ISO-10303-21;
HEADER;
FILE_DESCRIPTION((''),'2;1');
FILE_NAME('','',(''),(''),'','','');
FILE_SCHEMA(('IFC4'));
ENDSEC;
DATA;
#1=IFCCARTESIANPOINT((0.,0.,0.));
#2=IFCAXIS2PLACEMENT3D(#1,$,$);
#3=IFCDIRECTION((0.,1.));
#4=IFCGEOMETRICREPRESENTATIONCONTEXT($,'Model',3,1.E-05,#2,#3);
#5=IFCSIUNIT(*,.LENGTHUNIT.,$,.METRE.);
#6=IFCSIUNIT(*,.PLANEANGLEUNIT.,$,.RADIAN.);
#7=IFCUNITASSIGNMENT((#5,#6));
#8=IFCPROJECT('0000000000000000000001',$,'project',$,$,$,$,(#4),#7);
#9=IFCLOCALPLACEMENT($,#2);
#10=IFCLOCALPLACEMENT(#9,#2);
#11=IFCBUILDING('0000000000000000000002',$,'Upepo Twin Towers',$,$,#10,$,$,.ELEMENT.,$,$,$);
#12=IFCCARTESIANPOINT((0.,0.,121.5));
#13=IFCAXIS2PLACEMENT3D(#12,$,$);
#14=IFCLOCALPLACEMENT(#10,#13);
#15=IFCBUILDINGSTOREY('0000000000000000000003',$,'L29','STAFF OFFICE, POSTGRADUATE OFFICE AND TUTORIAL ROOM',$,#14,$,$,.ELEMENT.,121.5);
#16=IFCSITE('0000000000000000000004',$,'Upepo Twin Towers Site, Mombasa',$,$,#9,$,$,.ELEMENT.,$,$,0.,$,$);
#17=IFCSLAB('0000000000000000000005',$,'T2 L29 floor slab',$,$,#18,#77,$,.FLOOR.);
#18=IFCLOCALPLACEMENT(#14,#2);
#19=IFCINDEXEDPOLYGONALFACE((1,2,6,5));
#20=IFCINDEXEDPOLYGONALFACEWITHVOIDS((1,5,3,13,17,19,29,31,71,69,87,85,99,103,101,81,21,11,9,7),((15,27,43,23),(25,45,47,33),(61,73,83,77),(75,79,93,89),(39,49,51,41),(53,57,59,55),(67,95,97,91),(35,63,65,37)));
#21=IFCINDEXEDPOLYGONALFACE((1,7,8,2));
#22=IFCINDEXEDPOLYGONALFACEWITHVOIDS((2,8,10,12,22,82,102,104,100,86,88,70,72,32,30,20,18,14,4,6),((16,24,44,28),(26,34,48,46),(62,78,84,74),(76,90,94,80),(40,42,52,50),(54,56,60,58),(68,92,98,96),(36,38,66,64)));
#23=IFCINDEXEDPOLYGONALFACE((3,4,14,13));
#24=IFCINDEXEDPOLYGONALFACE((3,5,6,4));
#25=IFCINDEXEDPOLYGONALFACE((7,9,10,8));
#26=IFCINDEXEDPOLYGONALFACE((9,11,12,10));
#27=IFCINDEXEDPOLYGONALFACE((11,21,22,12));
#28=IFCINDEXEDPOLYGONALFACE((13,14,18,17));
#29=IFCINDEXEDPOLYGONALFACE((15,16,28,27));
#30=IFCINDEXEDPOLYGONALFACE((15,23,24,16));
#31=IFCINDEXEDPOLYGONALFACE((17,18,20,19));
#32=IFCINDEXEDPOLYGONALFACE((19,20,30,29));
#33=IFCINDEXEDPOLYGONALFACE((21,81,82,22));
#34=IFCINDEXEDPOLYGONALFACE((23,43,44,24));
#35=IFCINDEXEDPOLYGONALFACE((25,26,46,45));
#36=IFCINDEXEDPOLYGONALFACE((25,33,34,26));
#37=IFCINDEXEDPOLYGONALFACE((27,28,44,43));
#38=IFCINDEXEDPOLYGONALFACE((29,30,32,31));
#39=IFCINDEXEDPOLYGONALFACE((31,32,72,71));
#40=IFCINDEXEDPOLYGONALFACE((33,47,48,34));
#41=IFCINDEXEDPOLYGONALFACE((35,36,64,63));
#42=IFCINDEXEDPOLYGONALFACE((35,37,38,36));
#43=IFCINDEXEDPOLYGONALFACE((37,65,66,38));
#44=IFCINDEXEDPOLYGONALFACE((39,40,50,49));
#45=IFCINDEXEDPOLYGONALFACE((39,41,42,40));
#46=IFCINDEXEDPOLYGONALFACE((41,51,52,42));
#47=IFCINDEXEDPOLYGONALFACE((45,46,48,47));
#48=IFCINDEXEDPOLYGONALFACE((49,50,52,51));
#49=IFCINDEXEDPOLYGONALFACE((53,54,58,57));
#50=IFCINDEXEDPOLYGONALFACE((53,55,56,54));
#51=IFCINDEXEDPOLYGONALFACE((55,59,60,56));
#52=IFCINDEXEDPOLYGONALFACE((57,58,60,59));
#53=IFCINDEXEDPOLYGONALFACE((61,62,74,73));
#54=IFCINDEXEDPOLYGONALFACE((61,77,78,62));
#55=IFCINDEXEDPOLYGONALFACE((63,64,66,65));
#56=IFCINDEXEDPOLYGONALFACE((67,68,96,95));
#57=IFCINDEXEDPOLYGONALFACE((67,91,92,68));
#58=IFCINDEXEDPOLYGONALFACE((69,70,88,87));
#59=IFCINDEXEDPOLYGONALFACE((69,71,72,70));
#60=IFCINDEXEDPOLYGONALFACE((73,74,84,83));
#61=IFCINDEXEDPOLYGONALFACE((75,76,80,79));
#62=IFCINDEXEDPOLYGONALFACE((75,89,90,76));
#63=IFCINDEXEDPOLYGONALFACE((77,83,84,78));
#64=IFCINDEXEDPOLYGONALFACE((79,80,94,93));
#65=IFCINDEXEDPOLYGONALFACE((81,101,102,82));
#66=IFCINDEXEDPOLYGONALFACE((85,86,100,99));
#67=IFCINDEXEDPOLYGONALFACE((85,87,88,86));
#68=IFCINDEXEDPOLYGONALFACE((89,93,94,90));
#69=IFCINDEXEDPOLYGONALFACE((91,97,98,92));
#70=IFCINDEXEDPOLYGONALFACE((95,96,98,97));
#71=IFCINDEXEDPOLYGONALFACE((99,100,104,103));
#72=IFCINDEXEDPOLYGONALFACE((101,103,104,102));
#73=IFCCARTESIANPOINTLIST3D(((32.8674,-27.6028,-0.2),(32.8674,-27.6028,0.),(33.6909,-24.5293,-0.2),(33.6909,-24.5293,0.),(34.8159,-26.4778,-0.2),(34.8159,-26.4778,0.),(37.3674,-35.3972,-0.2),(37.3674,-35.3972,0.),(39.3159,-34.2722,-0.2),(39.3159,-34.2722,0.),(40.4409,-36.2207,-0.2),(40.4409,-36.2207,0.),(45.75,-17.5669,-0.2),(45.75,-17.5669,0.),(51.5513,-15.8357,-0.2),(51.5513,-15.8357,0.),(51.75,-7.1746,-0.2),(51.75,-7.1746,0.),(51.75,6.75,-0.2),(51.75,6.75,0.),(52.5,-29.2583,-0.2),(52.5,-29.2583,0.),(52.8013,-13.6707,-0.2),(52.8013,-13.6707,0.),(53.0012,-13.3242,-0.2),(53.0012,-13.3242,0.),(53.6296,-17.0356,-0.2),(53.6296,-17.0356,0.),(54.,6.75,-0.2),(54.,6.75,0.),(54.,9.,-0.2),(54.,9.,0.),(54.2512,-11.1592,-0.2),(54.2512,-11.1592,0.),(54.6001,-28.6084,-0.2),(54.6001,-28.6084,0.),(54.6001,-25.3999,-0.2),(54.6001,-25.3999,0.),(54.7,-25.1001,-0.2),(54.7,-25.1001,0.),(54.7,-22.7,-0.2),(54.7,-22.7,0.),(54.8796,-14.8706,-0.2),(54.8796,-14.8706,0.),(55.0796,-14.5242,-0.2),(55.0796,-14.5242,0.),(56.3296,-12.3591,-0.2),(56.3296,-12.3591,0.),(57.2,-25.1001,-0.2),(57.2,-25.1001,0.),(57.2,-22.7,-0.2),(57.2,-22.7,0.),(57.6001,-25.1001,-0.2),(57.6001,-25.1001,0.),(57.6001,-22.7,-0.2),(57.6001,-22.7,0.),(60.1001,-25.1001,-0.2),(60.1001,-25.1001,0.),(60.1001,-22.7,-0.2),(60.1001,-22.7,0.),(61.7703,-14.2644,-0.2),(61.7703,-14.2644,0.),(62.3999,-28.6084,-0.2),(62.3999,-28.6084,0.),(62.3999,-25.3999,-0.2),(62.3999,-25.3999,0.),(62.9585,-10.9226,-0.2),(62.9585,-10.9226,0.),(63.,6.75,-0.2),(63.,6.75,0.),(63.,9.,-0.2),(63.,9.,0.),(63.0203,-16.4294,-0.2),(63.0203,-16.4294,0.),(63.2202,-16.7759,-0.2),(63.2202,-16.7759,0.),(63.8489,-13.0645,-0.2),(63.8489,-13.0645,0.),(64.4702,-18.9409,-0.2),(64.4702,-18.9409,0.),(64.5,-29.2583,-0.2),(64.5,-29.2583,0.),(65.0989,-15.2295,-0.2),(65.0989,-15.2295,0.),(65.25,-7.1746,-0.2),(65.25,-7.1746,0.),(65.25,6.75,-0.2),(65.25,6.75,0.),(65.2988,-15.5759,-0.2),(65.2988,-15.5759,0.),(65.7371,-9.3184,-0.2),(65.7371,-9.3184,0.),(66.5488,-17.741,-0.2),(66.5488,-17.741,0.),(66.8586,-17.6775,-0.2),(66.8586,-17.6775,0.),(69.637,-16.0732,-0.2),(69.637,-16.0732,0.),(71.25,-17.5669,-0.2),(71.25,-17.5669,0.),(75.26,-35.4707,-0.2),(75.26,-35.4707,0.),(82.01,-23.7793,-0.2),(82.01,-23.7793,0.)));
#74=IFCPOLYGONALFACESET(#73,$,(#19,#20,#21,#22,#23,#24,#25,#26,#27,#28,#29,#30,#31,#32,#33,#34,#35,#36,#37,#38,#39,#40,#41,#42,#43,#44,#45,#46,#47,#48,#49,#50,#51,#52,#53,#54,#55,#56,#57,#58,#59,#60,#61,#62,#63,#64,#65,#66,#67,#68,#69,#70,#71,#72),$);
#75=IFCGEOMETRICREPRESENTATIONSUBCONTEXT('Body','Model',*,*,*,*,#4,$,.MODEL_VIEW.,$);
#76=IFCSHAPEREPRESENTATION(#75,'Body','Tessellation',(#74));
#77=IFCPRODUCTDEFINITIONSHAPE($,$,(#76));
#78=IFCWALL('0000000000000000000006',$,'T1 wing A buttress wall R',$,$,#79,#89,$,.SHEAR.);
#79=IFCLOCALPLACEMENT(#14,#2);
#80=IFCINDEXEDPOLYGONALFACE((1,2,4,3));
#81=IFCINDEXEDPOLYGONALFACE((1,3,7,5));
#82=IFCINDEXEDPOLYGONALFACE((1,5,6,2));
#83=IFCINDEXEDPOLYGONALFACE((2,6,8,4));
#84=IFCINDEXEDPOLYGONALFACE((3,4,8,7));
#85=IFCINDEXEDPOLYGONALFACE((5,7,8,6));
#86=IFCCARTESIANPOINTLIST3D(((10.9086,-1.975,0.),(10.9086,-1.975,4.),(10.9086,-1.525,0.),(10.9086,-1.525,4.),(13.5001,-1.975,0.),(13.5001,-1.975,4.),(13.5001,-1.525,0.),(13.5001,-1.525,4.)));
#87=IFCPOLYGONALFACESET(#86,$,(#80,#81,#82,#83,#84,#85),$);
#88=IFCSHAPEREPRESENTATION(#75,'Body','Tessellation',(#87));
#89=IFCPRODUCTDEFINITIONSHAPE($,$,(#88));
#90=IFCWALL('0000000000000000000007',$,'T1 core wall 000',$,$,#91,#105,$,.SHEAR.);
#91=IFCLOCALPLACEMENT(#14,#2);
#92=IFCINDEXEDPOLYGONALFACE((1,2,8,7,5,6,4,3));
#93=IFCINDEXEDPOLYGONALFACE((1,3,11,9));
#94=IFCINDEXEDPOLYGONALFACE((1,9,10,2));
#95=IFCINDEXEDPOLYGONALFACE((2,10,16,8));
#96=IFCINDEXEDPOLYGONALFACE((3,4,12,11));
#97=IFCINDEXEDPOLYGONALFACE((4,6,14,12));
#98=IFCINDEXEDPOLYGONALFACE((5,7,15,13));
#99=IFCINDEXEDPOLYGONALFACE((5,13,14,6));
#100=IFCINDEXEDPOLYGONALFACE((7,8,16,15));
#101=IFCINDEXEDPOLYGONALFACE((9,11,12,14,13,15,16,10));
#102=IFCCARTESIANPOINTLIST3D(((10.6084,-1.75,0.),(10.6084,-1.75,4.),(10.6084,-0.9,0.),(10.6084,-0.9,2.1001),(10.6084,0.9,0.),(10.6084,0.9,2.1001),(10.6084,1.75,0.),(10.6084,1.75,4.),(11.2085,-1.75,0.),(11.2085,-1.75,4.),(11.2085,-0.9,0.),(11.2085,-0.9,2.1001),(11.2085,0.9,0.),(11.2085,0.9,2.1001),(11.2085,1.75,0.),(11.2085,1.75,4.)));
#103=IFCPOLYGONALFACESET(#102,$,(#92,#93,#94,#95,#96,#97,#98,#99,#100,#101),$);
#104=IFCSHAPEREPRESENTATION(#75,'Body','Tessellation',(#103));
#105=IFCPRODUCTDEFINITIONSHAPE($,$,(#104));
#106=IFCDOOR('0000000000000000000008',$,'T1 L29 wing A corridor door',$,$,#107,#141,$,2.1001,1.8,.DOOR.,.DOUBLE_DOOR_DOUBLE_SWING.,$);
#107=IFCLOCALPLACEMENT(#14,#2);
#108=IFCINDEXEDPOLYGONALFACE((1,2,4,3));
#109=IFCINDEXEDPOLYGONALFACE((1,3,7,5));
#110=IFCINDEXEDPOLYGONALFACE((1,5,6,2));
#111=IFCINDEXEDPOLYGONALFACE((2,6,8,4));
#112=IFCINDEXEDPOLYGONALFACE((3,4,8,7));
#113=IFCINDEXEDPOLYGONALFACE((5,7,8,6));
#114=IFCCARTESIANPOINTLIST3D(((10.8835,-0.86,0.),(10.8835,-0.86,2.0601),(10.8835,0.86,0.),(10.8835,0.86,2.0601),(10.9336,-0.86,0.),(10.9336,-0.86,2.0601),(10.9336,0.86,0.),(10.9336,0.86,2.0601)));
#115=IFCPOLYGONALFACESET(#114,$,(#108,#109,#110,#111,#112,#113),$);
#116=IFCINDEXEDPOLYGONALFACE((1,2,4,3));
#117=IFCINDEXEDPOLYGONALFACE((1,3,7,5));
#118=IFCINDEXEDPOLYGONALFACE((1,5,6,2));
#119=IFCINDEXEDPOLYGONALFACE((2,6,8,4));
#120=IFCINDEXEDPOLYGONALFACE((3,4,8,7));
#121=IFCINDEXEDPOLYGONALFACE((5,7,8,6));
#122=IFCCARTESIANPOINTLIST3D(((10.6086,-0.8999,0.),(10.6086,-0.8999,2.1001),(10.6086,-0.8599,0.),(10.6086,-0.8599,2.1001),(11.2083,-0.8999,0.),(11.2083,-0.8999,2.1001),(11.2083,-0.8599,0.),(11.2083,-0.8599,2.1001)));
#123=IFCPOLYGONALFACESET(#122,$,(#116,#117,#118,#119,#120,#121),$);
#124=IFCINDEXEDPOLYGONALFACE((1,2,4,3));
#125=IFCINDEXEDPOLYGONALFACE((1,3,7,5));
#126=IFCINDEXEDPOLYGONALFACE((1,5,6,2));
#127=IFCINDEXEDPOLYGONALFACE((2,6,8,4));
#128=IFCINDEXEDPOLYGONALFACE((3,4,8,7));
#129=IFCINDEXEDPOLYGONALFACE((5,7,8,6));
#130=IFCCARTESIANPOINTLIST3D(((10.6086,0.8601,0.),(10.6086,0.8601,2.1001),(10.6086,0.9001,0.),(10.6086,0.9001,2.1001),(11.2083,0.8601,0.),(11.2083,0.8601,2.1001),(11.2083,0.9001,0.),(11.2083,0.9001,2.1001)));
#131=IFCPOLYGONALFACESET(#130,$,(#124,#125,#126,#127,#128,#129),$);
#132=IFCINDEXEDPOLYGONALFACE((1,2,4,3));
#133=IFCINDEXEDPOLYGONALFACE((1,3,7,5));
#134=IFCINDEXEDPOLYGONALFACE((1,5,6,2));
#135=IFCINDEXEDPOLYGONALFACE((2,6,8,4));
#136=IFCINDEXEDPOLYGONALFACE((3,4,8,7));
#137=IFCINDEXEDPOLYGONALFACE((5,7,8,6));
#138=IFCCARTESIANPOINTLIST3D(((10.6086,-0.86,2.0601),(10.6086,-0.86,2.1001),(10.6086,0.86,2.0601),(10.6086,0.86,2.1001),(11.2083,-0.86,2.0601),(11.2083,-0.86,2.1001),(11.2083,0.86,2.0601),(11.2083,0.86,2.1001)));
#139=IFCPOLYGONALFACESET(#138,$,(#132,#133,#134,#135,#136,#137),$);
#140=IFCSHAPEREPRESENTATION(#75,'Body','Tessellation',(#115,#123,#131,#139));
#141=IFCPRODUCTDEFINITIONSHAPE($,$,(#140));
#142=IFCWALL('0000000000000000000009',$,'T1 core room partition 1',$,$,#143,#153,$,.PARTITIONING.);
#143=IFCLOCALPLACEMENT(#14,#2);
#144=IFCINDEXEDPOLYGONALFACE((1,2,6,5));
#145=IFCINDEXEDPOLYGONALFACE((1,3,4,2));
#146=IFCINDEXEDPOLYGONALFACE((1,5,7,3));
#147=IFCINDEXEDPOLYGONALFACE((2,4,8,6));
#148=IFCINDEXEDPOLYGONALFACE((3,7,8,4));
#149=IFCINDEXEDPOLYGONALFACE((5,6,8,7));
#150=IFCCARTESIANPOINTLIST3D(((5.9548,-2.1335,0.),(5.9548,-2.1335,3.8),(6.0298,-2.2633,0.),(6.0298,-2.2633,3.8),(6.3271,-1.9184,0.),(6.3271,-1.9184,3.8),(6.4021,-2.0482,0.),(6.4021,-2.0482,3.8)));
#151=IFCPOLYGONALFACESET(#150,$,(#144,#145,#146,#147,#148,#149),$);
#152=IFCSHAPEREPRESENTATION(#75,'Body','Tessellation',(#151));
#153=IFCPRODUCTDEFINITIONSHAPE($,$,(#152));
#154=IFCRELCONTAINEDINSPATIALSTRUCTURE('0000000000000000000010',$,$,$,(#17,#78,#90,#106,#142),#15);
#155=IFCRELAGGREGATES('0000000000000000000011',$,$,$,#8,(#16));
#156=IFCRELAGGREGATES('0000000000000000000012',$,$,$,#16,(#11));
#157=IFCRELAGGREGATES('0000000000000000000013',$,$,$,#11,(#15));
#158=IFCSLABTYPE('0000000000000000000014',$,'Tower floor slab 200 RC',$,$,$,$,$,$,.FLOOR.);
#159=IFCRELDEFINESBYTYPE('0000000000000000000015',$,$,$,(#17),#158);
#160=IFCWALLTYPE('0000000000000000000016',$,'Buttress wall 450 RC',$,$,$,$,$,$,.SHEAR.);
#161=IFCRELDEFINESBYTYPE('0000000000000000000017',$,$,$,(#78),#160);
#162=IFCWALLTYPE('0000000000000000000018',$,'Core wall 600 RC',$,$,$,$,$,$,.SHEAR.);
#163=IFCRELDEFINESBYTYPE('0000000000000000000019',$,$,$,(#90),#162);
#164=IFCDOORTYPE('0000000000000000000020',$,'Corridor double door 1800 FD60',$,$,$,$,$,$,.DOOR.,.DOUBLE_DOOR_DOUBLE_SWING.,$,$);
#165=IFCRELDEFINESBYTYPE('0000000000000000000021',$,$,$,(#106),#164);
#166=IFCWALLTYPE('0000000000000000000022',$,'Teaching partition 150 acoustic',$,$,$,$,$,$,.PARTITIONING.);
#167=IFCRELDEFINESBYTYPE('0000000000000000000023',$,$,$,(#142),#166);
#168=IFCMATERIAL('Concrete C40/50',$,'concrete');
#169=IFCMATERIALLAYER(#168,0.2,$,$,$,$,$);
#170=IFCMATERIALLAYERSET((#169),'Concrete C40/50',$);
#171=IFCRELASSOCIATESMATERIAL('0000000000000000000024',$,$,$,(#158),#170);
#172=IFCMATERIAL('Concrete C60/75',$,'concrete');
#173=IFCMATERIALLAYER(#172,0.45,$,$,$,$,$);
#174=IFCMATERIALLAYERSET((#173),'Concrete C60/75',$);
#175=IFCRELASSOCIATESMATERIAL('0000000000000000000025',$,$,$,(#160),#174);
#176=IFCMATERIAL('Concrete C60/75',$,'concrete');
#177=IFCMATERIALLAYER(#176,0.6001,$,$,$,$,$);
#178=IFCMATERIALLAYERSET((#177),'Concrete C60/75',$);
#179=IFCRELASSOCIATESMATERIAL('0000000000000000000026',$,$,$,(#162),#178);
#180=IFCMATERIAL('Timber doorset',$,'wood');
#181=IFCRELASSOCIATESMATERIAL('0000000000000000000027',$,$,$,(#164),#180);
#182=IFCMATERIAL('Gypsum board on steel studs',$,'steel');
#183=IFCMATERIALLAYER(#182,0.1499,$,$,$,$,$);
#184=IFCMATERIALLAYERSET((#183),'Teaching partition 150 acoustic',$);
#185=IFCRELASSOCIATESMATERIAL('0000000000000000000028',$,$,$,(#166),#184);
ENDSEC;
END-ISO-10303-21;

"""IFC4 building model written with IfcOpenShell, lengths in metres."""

from ifc_helpers import new_model, si_unit, direction, frame, frame_2d, origin, place, context, subcontext, project, spatial, polyline, rectangle, outline, extrude, material, layer, layer_set, type_object, element, fill, save


model = new_model("IFC4")

# Units and contexts
model_context = context("Model", 3, precision=1e-05, world=origin(), true_north=direction((0.0, 1.0)))
body_context = subcontext(model_context, "Body", "Model", "MODEL_VIEW")
ifc_project = project(units=[si_unit("LENGTHUNIT", "METRE"), si_unit("PLANEANGLEUNIT", "RADIAN")], contexts=[model_context])

# Site, building, storey
site_placement = place(None, origin())
site = spatial("IfcSite", under=ifc_project, at=site_placement, Name="Upepo Twin Towers Site, Mombasa", CompositionType="ELEMENT", RefElevation=0.0)
building_placement = place(site_placement, origin())
building = spatial("IfcBuilding", under=site, at=building_placement, Name="Upepo Twin Towers", CompositionType="ELEMENT")
storey_placement = place(building_placement, frame((0.0, 0.0, 121.5)))
storey = spatial("IfcBuildingStorey", under=building, at=storey_placement, Name="L29", Description="STAFF OFFICE, POSTGRADUATE OFFICE AND TUTORIAL ROOM", CompositionType="ELEMENT", Elevation=121.5)

# Slab
ifc_material_1 = material(Name="Concrete C40/50", Category="concrete")
ifc_layer_1 = layer(ifc_material_1, 0.2)
ifc_layer_set_1 = layer_set([ifc_layer_1], Name="Concrete C40/50")
slab_type_1 = type_object("IfcSlabType", Name="Tower floor slab 200 RC", PredefinedType="FLOOR", material=ifc_layer_set_1)
slab_1_placement = place(storey_placement, frame((0.0, 0.0, -0.2)))
element("IfcSlab", 1, at=slab_1_placement, inside=storey, type_object=slab_type_1, Name="T2 L29 floor slab", PredefinedType="FLOOR", context=body_context, shape_type="SweptSolid", body=[
    extrude(outline(polyline([(75.26, -35.4707), (64.5, -29.2583), (52.5, -29.2583), (40.4409, -36.2207), (39.3159, -34.2722), (37.3674, -35.3972), (32.8674, -27.6028), (34.8159, -26.4778), (33.6909, -24.5293), (45.75, -17.5669), (51.75, -7.1746), (51.75, 6.75), (54.0, 6.75), (54.0, 9.0), (63.0, 9.0), (63.0, 6.75), (65.25, 6.75), (65.25, -7.1746), (71.25, -17.5669), (82.01, -23.7793), (75.26, -35.4707)]), holes=[polyline([(56.3296, -12.3591), (54.2512, -11.1592), (53.0012, -13.3242), (55.0796, -14.5242), (56.3296, -12.3591)]), polyline([(54.8796, -14.8706), (52.8013, -13.6707), (51.5513, -15.8357), (53.6296, -17.0356), (54.8796, -14.8706)]), polyline([(54.7, -22.7), (54.7, -25.1001), (57.2, -25.1001), (57.2, -22.7), (54.7, -22.7)]), polyline([(57.6001, -22.7), (57.6001, -25.1001), (60.1001, -25.1001), (60.1001, -22.7), (57.6001, -22.7)]), polyline([(54.6001, -25.3999), (54.6001, -28.6084), (62.3999, -28.6084), (62.3999, -25.3999), (54.6001, -25.3999)]), polyline([(64.4702, -18.9409), (66.5488, -17.741), (65.2988, -15.5759), (63.2202, -16.7759), (64.4702, -18.9409)]), polyline([(63.0203, -16.4294), (65.0989, -15.2295), (63.8489, -13.0645), (61.7703, -14.2644), (63.0203, -16.4294)]), polyline([(66.8586, -17.6775), (69.637, -16.0732), (65.7371, -9.3184), (62.9585, -10.9226), (66.8586, -17.6775)])]), origin(), (0.0, 0.0, 1.0), 0.2),
])

# Wall
ifc_material_2 = material(Name="Concrete C60/75", Category="concrete")
ifc_layer_2 = layer(ifc_material_2, 0.45)
ifc_layer_set_2 = layer_set([ifc_layer_2], Name="Concrete C60/75")
wall_type_1 = type_object("IfcWallType", Name="Buttress wall 450 RC", PredefinedType="SHEAR", material=ifc_layer_set_2)
wall_1_placement = place(storey_placement, frame((10.9084, -1.75, 0.0), z_axis=(0.0, 0.0, 1.0), x_axis=(1.0, 0.0, 0.0)))
element("IfcWall", 2, at=wall_1_placement, inside=storey, type_object=wall_type_1, Name="T1 wing A buttress wall R", PredefinedType="SHEAR", context=body_context, shape_type="SweptSolid", body=[
    extrude(rectangle(XDim=2.5916, YDim=0.45, at=frame_2d((1.2959, 0.0))), origin(), (0.0, 0.0, 1.0), 4.0),
])

# Wall, opening, door
ifc_material_3 = material(Name="Concrete C60/75", Category="concrete")
ifc_layer_3 = layer(ifc_material_3, 0.6001)
ifc_layer_set_3 = layer_set([ifc_layer_3], Name="Concrete C60/75")
wall_type_2 = type_object("IfcWallType", Name="Core wall 600 RC", PredefinedType="SHEAR", material=ifc_layer_set_3)
wall_2_placement = place(storey_placement, frame((10.9084, -1.75, 0.0), z_axis=(0.0, 0.0, 1.0), x_axis=(0.0, 1.0, 0.0)))
wall_2 = element("IfcWall", 3, at=wall_2_placement, inside=storey, type_object=wall_type_2, Name="T1 core wall 000", PredefinedType="SHEAR", context=body_context, shape_type="SweptSolid", body=[
    extrude(rectangle(XDim=3.5, YDim=0.6001, at=frame_2d((1.75, 0.0))), origin(), (0.0, 0.0, 1.0), 4.0),
])
opening_1_placement = place(wall_2_placement, frame((0.8501, 0.0, 0.0)))
opening_1 = element("IfcOpeningElement", 4, at=opening_1_placement, cuts=wall_2, PredefinedType="OPENING", context=body_context, shape_type="SweptSolid", body=[
    extrude(rectangle(XDim=1.8, YDim=2.1001, at=frame_2d((0.8999, 1.05))), frame((0.0, 0.3101, 0.0), z_axis=(0.0, -1.0, 0.0), x_axis=(1.0, 0.0, 0.0)), (0.0, 0.0, 1.0), 0.6201),
])
ifc_material_4 = material(Name="Timber doorset", Category="wood")
door_type_1 = type_object("IfcDoorType", Name="Corridor double door 1800 FD60", OperationType="DOUBLE_DOOR_DOUBLE_SWING", PredefinedType="DOOR", material=ifc_material_4)
door_1_placement = place(opening_1_placement, origin())
door_1 = element("IfcDoor", 5, at=door_1_placement, inside=storey, type_object=door_type_1, Name="T1 L29 wing A corridor door", OperationType="DOUBLE_DOOR_DOUBLE_SWING", OverallHeight=2.1001, OverallWidth=1.8, PredefinedType="DOOR", context=body_context, shape_type="SweptSolid", body=[
    extrude(rectangle(XDim=1.72, YDim=2.0601, at=frame_2d((0.8999, 1.03))), frame((0.0, 0.0249, 0.0), z_axis=(0.0, -1.0, 0.0), x_axis=(1.0, 0.0, 0.0)), (0.0, 0.0, 1.0), 0.05),
    extrude(rectangle(XDim=0.04, YDim=2.1001, at=frame_2d((0.02, 1.05))), frame((0.0, 0.2998, 0.0), z_axis=(0.0, -1.0, 0.0), x_axis=(1.0, 0.0, 0.0)), (0.0, 0.0, 1.0), 0.5996),
    extrude(rectangle(XDim=0.04, YDim=2.1001, at=frame_2d((1.78, 1.05))), frame((0.0, 0.2998, 0.0), z_axis=(0.0, -1.0, 0.0), x_axis=(1.0, 0.0, 0.0)), (0.0, 0.0, 1.0), 0.5996),
    extrude(rectangle(XDim=1.72, YDim=0.04, at=frame_2d((0.8999, 2.0801))), frame((0.0, 0.2998, 0.0), z_axis=(0.0, -1.0, 0.0), x_axis=(1.0, 0.0, 0.0)), (0.0, 0.0, 1.0), 0.5996),
])
fill(opening_1, door_1)

# Wall
ifc_material_5 = material(Name="Gypsum board on steel studs", Category="steel")
ifc_layer_4 = layer(ifc_material_5, 0.1499)
ifc_layer_set_4 = layer_set([ifc_layer_4], Name="Teaching partition 150 acoustic")
wall_type_3 = type_object("IfcWallType", Name="Teaching partition 150 acoustic", PredefinedType="PARTITIONING", material=ifc_layer_set_4)
wall_3_placement = place(storey_placement, frame((6.3645, -1.9834, 0.0), z_axis=(0.0, 0.0, 1.0), x_axis=(-0.865892, -0.50023, 0.0)))
element("IfcWall", 6, at=wall_3_placement, inside=storey, type_object=wall_type_3, Name="T1 core room partition 1", PredefinedType="PARTITIONING", context=body_context, shape_type="SweptSolid", body=[
    extrude(rectangle(XDim=0.4299, YDim=0.1499, at=frame_2d((0.2148, 0.0))), origin(), (0.0, 0.0, 1.0), 3.8),
])

save(model, "model.ifc")
